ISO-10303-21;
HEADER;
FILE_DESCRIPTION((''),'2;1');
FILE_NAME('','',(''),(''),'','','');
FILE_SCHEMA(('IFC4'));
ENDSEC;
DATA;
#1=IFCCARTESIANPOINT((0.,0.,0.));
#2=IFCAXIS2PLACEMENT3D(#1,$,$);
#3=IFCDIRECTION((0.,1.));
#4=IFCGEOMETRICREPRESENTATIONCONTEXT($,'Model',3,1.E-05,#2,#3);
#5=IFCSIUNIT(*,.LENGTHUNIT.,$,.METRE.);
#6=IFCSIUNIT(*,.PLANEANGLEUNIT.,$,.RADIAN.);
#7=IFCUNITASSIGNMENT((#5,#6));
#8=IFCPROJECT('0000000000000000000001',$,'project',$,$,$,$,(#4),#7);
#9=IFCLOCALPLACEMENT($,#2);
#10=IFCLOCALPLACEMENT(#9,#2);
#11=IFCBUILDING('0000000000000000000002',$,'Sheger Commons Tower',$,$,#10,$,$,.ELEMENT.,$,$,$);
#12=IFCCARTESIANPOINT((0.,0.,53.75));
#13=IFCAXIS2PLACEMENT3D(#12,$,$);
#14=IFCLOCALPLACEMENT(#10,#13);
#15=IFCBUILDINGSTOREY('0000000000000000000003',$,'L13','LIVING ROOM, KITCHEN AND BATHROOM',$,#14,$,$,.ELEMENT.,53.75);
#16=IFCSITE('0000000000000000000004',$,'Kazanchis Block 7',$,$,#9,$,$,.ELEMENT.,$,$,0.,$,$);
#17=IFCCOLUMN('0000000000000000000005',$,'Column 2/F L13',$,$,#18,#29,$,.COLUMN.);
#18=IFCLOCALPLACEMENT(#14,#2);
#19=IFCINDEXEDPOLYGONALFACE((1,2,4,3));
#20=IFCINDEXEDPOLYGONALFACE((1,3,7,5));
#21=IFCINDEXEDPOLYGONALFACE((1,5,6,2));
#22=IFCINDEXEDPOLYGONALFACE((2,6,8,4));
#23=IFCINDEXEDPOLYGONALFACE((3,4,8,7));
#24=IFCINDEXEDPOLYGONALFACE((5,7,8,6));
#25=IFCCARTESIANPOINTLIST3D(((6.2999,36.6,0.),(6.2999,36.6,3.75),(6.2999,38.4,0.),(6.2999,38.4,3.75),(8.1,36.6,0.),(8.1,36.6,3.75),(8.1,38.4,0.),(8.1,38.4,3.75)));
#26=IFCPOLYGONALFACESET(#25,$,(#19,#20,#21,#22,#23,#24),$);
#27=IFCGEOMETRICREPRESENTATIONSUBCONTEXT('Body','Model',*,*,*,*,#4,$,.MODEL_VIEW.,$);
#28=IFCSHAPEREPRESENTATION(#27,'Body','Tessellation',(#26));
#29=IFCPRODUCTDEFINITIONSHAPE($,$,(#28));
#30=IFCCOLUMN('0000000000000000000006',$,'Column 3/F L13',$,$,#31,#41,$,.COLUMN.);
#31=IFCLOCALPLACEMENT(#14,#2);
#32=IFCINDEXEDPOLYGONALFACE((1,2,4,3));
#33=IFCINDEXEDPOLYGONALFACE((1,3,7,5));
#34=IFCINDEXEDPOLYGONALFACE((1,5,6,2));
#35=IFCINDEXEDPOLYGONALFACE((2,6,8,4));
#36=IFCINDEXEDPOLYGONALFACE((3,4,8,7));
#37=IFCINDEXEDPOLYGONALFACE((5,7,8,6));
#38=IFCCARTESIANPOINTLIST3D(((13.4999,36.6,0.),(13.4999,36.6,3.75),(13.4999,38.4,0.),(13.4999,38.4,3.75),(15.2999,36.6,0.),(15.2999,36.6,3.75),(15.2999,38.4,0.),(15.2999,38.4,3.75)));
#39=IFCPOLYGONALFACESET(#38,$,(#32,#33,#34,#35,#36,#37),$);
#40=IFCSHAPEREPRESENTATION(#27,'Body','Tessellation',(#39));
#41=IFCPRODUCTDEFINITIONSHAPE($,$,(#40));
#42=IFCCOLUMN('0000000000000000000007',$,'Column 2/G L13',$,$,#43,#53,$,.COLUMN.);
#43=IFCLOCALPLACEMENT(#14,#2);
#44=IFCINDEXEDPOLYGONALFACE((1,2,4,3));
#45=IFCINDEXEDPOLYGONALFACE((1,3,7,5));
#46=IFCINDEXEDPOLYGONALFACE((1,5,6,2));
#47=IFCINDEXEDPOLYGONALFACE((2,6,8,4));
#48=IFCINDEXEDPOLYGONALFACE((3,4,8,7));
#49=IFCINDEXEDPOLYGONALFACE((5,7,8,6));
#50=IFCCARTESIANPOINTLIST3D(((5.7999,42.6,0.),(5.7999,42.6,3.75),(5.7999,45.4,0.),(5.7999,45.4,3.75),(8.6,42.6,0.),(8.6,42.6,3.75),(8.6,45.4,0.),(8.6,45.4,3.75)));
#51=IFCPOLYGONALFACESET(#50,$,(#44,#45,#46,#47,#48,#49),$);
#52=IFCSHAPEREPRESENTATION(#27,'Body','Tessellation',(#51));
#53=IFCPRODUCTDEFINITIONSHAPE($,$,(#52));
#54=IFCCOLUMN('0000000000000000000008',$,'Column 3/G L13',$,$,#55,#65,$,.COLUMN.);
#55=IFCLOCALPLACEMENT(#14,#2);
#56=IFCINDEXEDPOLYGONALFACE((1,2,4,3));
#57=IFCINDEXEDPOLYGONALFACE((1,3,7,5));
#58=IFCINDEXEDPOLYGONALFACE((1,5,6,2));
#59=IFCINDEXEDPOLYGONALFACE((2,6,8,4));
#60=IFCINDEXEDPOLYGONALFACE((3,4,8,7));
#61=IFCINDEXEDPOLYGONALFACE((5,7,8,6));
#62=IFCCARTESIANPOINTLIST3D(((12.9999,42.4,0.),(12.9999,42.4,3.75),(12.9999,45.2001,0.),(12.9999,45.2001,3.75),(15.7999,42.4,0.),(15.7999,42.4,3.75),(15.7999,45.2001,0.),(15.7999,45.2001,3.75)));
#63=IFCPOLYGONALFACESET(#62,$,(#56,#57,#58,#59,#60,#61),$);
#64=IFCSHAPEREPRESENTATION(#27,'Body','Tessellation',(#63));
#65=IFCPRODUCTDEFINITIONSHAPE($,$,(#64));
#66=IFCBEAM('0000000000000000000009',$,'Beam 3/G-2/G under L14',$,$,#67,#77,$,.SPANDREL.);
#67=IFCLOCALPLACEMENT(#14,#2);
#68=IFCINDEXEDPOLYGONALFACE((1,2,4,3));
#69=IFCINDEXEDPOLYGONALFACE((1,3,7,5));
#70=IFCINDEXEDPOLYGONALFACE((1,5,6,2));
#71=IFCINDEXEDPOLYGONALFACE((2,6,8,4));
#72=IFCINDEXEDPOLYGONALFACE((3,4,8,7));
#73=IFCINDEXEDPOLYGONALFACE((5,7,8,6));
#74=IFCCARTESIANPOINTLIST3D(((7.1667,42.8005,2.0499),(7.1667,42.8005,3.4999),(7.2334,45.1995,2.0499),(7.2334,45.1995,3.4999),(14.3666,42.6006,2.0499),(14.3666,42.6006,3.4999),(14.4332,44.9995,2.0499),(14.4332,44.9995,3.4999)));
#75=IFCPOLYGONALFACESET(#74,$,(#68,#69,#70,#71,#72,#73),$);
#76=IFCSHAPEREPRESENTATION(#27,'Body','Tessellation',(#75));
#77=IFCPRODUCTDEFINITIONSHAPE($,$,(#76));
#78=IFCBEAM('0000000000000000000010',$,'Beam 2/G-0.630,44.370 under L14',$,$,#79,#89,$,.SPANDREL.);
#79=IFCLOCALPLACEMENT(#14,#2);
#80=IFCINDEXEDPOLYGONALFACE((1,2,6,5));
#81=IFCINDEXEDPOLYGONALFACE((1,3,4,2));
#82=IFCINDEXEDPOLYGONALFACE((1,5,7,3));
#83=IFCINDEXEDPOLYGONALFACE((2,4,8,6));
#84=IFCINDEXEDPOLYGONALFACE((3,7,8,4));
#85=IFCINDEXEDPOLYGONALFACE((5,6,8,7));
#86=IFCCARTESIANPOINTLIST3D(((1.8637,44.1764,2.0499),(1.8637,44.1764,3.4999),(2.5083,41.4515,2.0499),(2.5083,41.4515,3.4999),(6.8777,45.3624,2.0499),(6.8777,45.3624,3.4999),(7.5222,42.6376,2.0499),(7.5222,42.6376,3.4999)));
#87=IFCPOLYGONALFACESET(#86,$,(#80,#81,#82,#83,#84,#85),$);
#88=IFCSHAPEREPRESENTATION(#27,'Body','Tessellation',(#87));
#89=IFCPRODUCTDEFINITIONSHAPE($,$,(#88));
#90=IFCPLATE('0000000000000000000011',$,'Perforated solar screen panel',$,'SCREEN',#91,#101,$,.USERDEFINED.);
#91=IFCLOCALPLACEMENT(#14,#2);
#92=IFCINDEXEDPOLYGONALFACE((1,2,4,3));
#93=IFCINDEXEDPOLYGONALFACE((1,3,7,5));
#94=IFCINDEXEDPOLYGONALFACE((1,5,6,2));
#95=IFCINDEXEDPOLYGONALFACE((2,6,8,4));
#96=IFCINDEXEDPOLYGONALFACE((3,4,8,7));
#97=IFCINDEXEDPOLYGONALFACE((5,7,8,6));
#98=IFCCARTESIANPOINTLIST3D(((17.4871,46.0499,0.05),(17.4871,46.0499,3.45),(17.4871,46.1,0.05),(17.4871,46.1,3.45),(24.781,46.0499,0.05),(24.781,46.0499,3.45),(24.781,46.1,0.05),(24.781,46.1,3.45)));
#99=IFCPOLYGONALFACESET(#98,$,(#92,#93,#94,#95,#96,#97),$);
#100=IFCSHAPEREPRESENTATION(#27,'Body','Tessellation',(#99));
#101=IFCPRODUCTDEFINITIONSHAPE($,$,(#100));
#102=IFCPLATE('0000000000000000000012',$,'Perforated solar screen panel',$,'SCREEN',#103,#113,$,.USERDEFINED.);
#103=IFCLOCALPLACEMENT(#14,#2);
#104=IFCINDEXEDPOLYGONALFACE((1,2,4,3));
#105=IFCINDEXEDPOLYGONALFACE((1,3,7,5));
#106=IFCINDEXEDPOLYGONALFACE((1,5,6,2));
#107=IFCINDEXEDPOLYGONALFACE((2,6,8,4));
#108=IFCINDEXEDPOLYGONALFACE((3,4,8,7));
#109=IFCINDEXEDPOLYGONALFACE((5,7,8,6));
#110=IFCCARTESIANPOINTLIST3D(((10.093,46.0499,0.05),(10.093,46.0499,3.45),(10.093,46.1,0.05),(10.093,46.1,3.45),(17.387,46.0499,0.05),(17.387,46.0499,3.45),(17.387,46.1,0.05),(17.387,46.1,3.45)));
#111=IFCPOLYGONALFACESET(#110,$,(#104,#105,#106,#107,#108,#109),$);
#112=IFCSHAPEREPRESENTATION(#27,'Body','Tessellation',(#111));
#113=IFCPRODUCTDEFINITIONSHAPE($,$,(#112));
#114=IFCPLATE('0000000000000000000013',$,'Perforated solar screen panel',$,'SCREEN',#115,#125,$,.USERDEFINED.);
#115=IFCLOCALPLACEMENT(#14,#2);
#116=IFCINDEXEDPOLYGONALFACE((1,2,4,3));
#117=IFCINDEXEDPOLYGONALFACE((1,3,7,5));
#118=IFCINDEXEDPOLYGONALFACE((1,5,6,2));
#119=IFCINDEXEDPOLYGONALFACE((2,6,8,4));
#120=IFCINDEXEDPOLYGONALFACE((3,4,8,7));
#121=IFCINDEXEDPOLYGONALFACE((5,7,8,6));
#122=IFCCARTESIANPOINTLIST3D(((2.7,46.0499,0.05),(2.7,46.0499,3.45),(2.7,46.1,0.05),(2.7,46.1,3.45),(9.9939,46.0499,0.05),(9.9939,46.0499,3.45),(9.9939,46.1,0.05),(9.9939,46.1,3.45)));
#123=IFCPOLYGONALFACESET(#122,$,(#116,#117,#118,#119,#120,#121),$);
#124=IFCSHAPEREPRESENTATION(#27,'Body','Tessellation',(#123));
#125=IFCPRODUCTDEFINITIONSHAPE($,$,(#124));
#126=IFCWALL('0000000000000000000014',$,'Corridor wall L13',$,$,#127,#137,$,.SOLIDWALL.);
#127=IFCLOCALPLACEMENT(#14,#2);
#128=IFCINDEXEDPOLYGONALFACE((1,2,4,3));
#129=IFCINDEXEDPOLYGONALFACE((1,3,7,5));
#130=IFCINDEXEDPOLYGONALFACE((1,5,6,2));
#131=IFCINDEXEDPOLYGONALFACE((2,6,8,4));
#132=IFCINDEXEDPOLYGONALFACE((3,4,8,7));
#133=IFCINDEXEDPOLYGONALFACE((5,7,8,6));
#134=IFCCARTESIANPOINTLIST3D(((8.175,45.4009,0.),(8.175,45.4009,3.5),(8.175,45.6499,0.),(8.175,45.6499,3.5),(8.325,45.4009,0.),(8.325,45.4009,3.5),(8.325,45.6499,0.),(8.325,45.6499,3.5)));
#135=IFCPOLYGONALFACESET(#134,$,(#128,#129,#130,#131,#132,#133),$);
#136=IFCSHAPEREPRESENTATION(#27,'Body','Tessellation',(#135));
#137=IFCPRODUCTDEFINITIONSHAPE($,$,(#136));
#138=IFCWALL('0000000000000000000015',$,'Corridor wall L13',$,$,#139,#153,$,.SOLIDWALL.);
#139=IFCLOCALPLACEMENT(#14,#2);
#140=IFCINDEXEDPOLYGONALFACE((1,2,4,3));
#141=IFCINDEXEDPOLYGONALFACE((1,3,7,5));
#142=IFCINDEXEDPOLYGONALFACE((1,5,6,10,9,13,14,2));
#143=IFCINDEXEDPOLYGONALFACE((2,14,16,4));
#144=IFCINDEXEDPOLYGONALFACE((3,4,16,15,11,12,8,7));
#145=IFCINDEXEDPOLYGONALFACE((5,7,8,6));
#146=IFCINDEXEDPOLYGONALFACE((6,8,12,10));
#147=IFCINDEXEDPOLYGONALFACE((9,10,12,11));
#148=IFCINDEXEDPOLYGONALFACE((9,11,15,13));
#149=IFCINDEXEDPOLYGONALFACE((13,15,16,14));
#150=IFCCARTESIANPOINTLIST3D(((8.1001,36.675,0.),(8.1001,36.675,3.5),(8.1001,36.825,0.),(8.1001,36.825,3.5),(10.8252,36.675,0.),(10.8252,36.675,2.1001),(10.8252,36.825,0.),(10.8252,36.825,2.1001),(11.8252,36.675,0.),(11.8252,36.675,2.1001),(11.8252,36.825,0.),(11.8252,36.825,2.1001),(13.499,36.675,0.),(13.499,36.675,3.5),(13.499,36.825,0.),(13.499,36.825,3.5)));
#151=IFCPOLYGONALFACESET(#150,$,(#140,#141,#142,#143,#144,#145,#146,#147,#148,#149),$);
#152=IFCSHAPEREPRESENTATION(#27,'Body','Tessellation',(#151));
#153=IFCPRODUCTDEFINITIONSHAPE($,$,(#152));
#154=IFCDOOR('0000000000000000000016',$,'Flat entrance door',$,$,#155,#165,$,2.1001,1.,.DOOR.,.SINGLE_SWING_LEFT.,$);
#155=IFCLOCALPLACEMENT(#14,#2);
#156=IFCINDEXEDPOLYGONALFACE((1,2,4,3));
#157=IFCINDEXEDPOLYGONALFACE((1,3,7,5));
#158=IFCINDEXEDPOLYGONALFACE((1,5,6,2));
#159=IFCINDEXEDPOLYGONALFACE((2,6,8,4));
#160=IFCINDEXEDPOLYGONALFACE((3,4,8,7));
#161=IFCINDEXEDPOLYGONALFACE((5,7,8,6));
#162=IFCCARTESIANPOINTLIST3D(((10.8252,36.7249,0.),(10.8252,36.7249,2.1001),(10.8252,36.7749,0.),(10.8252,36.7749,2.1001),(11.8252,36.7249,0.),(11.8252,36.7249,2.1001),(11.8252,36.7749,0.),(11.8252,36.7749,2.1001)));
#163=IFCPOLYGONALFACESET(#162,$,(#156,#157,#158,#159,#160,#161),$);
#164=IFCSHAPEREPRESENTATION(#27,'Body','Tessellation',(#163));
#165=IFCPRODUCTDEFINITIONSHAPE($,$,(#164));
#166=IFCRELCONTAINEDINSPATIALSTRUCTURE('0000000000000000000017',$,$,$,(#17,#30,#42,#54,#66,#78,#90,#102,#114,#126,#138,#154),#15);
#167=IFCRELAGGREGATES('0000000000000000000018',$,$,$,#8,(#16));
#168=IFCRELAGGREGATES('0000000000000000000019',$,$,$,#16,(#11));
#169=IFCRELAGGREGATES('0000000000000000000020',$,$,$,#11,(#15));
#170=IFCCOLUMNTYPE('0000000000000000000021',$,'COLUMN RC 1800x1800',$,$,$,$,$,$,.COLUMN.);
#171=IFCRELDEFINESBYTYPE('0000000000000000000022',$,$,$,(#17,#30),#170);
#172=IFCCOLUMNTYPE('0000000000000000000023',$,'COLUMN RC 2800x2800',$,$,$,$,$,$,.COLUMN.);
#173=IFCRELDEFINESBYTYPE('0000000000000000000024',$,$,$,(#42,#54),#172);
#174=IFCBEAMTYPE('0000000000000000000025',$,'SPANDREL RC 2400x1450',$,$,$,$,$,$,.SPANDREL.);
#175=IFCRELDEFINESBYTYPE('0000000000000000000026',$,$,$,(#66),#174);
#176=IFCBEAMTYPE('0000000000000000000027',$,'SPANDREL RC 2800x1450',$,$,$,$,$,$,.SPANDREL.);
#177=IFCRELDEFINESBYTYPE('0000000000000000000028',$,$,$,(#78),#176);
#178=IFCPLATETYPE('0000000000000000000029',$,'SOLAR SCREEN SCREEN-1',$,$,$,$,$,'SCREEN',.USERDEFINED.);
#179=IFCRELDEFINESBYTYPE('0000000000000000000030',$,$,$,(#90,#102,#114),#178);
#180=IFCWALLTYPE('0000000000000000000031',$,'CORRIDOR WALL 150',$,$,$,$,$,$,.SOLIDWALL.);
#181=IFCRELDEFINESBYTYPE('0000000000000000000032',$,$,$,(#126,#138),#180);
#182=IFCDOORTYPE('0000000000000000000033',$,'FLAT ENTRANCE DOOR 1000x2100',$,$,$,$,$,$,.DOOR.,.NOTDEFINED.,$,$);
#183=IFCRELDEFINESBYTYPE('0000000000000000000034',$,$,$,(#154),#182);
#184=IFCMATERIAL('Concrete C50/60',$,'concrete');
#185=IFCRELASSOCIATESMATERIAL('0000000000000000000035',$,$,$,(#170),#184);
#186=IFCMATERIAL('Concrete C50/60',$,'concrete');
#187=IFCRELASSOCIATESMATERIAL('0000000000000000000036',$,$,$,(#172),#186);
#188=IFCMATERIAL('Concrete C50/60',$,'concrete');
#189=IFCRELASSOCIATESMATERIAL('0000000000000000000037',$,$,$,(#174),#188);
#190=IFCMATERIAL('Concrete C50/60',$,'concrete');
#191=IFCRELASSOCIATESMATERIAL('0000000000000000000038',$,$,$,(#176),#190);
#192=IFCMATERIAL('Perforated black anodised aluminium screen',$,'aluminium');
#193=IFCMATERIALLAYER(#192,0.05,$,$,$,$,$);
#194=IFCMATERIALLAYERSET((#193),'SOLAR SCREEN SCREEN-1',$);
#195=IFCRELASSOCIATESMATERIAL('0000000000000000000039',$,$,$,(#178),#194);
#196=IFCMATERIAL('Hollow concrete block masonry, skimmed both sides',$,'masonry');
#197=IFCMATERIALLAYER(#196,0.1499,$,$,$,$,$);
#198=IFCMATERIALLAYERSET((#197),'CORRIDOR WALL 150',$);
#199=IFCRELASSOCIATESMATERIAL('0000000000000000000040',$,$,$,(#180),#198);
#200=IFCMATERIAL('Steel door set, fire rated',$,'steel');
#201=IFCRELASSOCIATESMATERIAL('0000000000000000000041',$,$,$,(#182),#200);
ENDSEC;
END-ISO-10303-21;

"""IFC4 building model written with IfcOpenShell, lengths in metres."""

from ifc_helpers import new_model, si_unit, direction, frame, frame_2d, origin, origin_2d, place, context, subcontext, project, spatial, rectangle, extrude, material, layer, layer_set, material_profile, profile_set, type_object, element, fill, save


model = new_model("IFC4")

# Units and contexts
model_context = context("Model", 3, precision=1e-05, world=origin(), true_north=direction((0.0, 1.0)))
body_context = subcontext(model_context, "Body", "Model", "MODEL_VIEW")
ifc_project = project(units=[si_unit("LENGTHUNIT", "METRE"), si_unit("PLANEANGLEUNIT", "RADIAN")], contexts=[model_context])

# Site, building, storey
site_placement = place(None, origin())
site = spatial("IfcSite", under=ifc_project, at=site_placement, Name="Kazanchis Block 7", CompositionType="ELEMENT", RefElevation=0.0)
building_placement = place(site_placement, origin())
building = spatial("IfcBuilding", under=site, at=building_placement, Name="Sheger Commons Tower", CompositionType="ELEMENT")
storey_placement = place(building_placement, frame((0.0, 0.0, 53.75)))
storey = spatial("IfcBuildingStorey", under=building, at=storey_placement, Name="L13", Description="LIVING ROOM, KITCHEN AND BATHROOM", CompositionType="ELEMENT", Elevation=53.75)

# Columns
ifc_material_1 = material(Name="Concrete C50/60", Category="concrete")
ifc_material_profile_1 = material_profile(ifc_material_1, rectangle(XDim=1.8, YDim=1.8, at=origin_2d()), Name="RC 1800x1800")
ifc_profile_set_1 = profile_set([ifc_material_profile_1], Name="Concrete C50/60")
column_type_1 = type_object("IfcColumnType", Name="COLUMN RC 1800x1800", PredefinedType="COLUMN", material=ifc_profile_set_1)
for number, where, z_axis, x_axis, name in (
    (1, (7.2, 37.5, 0.0), (0.0, 0.0, 1.0), (1.0, 0.0, 0.0), "Column 2/F L13"),
    (2, (14.3999, 37.5, 0.0), (0.0, 0.0, 1.0), (1.0, 0.0, 0.0), "Column 3/F L13"),
):
    element("IfcColumn", number, at=place(storey_placement, frame(where, z_axis=z_axis, x_axis=x_axis)), inside=storey, type_object=column_type_1, Name=name, PredefinedType="COLUMN", context=body_context, shape_type="SweptSolid", body=[
        extrude(rectangle(XDim=1.8, YDim=1.8, at=origin_2d()), origin(), (0.0, 0.0, 1.0), 3.75),
    ])
ifc_material_2 = material(Name="Concrete C50/60", Category="concrete")
ifc_material_profile_2 = material_profile(ifc_material_2, rectangle(XDim=2.8, YDim=2.8, at=origin_2d()), Name="RC 2800x2800")
ifc_profile_set_2 = profile_set([ifc_material_profile_2], Name="Concrete C50/60")
column_type_2 = type_object("IfcColumnType", Name="COLUMN RC 2800x2800", PredefinedType="COLUMN", material=ifc_profile_set_2)
for number, where, z_axis, x_axis, name in (
    (3, (7.2, 44.0, 0.0), (0.0, 0.0, 1.0), (1.0, 0.0, 0.0), "Column 2/G L13"),
    (4, (14.3999, 43.8, 0.0), (0.0, 0.0, 1.0), (1.0, 0.0, 0.0), "Column 3/G L13"),
):
    element("IfcColumn", number, at=place(storey_placement, frame(where, z_axis=z_axis, x_axis=x_axis)), inside=storey, type_object=column_type_2, Name=name, PredefinedType="COLUMN", context=body_context, shape_type="SweptSolid", body=[
        extrude(rectangle(XDim=2.8, YDim=2.8, at=origin_2d()), origin(), (0.0, 0.0, 1.0), 3.75),
    ])

# Beams
ifc_material_3 = material(Name="Concrete C50/60", Category="concrete")
ifc_material_profile_3 = material_profile(ifc_material_3, rectangle(XDim=2.3999, YDim=1.45, at=origin_2d()), Name="RC 2400x1450")
ifc_profile_set_3 = profile_set([ifc_material_profile_3], Name="Concrete C50/60")
beam_type_1 = type_object("IfcBeamType", Name="SPANDREL RC 2400x1450", PredefinedType="SPANDREL", material=ifc_profile_set_3)
beam_1_placement = place(storey_placement, frame((14.3999, 43.8, 2.7749), z_axis=(-0.999615, 0.02776, 0.0), x_axis=(-0.02776, -0.999615, 0.0)))
element("IfcBeam", 5, at=beam_1_placement, inside=storey, type_object=beam_type_1, Name="Beam 3/G-2/G under L14", PredefinedType="SPANDREL", context=body_context, shape_type="SweptSolid", body=[
    extrude(rectangle(XDim=2.3999, YDim=1.45, at=origin_2d()), origin(), (0.0, 0.0, 1.0), 7.2026),
])
ifc_material_4 = material(Name="Concrete C50/60", Category="concrete")
ifc_material_profile_4 = material_profile(ifc_material_4, rectangle(XDim=2.8, YDim=1.45, at=origin_2d()), Name="RC 2800x1450")
ifc_profile_set_4 = profile_set([ifc_material_profile_4], Name="Concrete C50/60")
beam_type_2 = type_object("IfcBeamType", Name="SPANDREL RC 2800x1450", PredefinedType="SPANDREL", material=ifc_profile_set_4)
beam_2_placement = place(storey_placement, frame((7.2, 44.0, 2.7749), z_axis=(-0.973144, -0.230196, 0.0), x_axis=(0.230196, -0.973144, 0.0)))
element("IfcBeam", 6, at=beam_2_placement, inside=storey, type_object=beam_type_2, Name="Beam 2/G-0.630,44.370 under L14", PredefinedType="SPANDREL", context=body_context, shape_type="SweptSolid", body=[
    extrude(rectangle(XDim=2.8, YDim=1.45, at=origin_2d()), origin(), (0.0, 0.0, 1.0), 5.1523),
])

# Plates
ifc_material_5 = material(Name="Perforated black anodised aluminium screen", Category="aluminium")
ifc_layer_1 = layer(ifc_material_5, 0.05)
ifc_layer_set_1 = layer_set([ifc_layer_1], Name="SOLAR SCREEN SCREEN-1")
plate_type = type_object("IfcPlateType", Name="SOLAR SCREEN SCREEN-1", ElementType="SCREEN", PredefinedType="USERDEFINED", material=ifc_layer_set_1)
for number, where, z_axis, x_axis, name in (
    (7, (21.134, 46.075, 0.05), (0.0, 0.0, 1.0), (-1.0, 0.0, 0.0), "Perforated solar screen panel"),
    (8, (13.74, 46.075, 0.05), (0.0, 0.0, 1.0), (-1.0, 0.0, 0.0), "Perforated solar screen panel"),
    (9, (6.3469, 46.075, 0.05), (0.0, 0.0, 1.0), (-1.0, 0.0, 0.0), "Perforated solar screen panel"),
):
    element("IfcPlate", number, at=place(storey_placement, frame(where, z_axis=z_axis, x_axis=x_axis)), inside=storey, type_object=plate_type, Name=name, ObjectType="SCREEN", PredefinedType="USERDEFINED", context=body_context, shape_type="SweptSolid", body=[
        extrude(rectangle(XDim=7.2939, YDim=0.05, at=origin_2d()), origin(), (0.0, 0.0, 1.0), 3.3999),
    ])

# Wall
ifc_material_6 = material(Name="Hollow concrete block masonry, skimmed both sides", Category="masonry")
ifc_layer_2 = layer(ifc_material_6, 0.1499)
ifc_layer_set_2 = layer_set([ifc_layer_2], Name="CORRIDOR WALL 150")
wall_type_1 = type_object("IfcWallType", Name="CORRIDOR WALL 150", PredefinedType="SOLIDWALL", material=ifc_layer_set_2)
wall_1_placement = place(storey_placement, frame((8.25, 45.4009, 0.0), z_axis=(0.0, 0.0, 1.0), x_axis=(0.0, 1.0, 0.0)))
element("IfcWall", 10, at=wall_1_placement, inside=storey, type_object=wall_type_1, Name="Corridor wall L13", PredefinedType="SOLIDWALL", context=body_context, shape_type="SweptSolid", body=[
    extrude(rectangle(XDim=0.249, YDim=0.1499, at=frame_2d((0.1245, 0.0))), origin(), (0.0, 0.0, 1.0), 3.5),
])

# Wall, opening, door
wall_2_placement = place(storey_placement, frame((8.1001, 36.75, 0.0), z_axis=(0.0, 0.0, 1.0), x_axis=(1.0, 0.0, 0.0)))
wall_2 = element("IfcWall", 11, at=wall_2_placement, inside=storey, type_object=wall_type_1, Name="Corridor wall L13", PredefinedType="SOLIDWALL", context=body_context, shape_type="SweptSolid", body=[
    extrude(rectangle(XDim=5.3989, YDim=0.1499, at=frame_2d((2.6995, 0.0))), origin(), (0.0, 0.0, 1.0), 3.5),
])
opening_1_placement = place(wall_2_placement, frame((2.7251, 0.0, 0.0)))
opening_1 = element("IfcOpeningElement", 12, at=opening_1_placement, cuts=wall_2, PredefinedType="OPENING", context=body_context, shape_type="SweptSolid", body=[
    extrude(rectangle(XDim=1.0, YDim=2.1001, at=frame_2d((0.5, 1.05))), frame((0.0, 0.085, 0.0), z_axis=(0.0, -1.0, 0.0), x_axis=(1.0, 0.0, 0.0)), (0.0, 0.0, 1.0), 0.1699),
])
ifc_material_7 = material(Name="Steel door set, fire rated", Category="steel")
door_type_1 = type_object("IfcDoorType", Name="FLAT ENTRANCE DOOR 1000x2100", OperationType="NOTDEFINED", PredefinedType="DOOR", material=ifc_material_7)
door_1_placement = place(opening_1_placement, origin())
door_1 = element("IfcDoor", 13, at=door_1_placement, inside=storey, type_object=door_type_1, Name="Flat entrance door", OperationType="SINGLE_SWING_LEFT", OverallHeight=2.1001, OverallWidth=1.0, PredefinedType="DOOR", context=body_context, shape_type="SweptSolid", body=[
    extrude(rectangle(XDim=1.0, YDim=2.1001, at=frame_2d((0.5, 1.05))), frame((0.0, 0.0249, 0.0), z_axis=(0.0, -1.0, 0.0), x_axis=(1.0, 0.0, 0.0)), (0.0, 0.0, 1.0), 0.05),
])
fill(opening_1, door_1)

save(model, "model.ifc")
